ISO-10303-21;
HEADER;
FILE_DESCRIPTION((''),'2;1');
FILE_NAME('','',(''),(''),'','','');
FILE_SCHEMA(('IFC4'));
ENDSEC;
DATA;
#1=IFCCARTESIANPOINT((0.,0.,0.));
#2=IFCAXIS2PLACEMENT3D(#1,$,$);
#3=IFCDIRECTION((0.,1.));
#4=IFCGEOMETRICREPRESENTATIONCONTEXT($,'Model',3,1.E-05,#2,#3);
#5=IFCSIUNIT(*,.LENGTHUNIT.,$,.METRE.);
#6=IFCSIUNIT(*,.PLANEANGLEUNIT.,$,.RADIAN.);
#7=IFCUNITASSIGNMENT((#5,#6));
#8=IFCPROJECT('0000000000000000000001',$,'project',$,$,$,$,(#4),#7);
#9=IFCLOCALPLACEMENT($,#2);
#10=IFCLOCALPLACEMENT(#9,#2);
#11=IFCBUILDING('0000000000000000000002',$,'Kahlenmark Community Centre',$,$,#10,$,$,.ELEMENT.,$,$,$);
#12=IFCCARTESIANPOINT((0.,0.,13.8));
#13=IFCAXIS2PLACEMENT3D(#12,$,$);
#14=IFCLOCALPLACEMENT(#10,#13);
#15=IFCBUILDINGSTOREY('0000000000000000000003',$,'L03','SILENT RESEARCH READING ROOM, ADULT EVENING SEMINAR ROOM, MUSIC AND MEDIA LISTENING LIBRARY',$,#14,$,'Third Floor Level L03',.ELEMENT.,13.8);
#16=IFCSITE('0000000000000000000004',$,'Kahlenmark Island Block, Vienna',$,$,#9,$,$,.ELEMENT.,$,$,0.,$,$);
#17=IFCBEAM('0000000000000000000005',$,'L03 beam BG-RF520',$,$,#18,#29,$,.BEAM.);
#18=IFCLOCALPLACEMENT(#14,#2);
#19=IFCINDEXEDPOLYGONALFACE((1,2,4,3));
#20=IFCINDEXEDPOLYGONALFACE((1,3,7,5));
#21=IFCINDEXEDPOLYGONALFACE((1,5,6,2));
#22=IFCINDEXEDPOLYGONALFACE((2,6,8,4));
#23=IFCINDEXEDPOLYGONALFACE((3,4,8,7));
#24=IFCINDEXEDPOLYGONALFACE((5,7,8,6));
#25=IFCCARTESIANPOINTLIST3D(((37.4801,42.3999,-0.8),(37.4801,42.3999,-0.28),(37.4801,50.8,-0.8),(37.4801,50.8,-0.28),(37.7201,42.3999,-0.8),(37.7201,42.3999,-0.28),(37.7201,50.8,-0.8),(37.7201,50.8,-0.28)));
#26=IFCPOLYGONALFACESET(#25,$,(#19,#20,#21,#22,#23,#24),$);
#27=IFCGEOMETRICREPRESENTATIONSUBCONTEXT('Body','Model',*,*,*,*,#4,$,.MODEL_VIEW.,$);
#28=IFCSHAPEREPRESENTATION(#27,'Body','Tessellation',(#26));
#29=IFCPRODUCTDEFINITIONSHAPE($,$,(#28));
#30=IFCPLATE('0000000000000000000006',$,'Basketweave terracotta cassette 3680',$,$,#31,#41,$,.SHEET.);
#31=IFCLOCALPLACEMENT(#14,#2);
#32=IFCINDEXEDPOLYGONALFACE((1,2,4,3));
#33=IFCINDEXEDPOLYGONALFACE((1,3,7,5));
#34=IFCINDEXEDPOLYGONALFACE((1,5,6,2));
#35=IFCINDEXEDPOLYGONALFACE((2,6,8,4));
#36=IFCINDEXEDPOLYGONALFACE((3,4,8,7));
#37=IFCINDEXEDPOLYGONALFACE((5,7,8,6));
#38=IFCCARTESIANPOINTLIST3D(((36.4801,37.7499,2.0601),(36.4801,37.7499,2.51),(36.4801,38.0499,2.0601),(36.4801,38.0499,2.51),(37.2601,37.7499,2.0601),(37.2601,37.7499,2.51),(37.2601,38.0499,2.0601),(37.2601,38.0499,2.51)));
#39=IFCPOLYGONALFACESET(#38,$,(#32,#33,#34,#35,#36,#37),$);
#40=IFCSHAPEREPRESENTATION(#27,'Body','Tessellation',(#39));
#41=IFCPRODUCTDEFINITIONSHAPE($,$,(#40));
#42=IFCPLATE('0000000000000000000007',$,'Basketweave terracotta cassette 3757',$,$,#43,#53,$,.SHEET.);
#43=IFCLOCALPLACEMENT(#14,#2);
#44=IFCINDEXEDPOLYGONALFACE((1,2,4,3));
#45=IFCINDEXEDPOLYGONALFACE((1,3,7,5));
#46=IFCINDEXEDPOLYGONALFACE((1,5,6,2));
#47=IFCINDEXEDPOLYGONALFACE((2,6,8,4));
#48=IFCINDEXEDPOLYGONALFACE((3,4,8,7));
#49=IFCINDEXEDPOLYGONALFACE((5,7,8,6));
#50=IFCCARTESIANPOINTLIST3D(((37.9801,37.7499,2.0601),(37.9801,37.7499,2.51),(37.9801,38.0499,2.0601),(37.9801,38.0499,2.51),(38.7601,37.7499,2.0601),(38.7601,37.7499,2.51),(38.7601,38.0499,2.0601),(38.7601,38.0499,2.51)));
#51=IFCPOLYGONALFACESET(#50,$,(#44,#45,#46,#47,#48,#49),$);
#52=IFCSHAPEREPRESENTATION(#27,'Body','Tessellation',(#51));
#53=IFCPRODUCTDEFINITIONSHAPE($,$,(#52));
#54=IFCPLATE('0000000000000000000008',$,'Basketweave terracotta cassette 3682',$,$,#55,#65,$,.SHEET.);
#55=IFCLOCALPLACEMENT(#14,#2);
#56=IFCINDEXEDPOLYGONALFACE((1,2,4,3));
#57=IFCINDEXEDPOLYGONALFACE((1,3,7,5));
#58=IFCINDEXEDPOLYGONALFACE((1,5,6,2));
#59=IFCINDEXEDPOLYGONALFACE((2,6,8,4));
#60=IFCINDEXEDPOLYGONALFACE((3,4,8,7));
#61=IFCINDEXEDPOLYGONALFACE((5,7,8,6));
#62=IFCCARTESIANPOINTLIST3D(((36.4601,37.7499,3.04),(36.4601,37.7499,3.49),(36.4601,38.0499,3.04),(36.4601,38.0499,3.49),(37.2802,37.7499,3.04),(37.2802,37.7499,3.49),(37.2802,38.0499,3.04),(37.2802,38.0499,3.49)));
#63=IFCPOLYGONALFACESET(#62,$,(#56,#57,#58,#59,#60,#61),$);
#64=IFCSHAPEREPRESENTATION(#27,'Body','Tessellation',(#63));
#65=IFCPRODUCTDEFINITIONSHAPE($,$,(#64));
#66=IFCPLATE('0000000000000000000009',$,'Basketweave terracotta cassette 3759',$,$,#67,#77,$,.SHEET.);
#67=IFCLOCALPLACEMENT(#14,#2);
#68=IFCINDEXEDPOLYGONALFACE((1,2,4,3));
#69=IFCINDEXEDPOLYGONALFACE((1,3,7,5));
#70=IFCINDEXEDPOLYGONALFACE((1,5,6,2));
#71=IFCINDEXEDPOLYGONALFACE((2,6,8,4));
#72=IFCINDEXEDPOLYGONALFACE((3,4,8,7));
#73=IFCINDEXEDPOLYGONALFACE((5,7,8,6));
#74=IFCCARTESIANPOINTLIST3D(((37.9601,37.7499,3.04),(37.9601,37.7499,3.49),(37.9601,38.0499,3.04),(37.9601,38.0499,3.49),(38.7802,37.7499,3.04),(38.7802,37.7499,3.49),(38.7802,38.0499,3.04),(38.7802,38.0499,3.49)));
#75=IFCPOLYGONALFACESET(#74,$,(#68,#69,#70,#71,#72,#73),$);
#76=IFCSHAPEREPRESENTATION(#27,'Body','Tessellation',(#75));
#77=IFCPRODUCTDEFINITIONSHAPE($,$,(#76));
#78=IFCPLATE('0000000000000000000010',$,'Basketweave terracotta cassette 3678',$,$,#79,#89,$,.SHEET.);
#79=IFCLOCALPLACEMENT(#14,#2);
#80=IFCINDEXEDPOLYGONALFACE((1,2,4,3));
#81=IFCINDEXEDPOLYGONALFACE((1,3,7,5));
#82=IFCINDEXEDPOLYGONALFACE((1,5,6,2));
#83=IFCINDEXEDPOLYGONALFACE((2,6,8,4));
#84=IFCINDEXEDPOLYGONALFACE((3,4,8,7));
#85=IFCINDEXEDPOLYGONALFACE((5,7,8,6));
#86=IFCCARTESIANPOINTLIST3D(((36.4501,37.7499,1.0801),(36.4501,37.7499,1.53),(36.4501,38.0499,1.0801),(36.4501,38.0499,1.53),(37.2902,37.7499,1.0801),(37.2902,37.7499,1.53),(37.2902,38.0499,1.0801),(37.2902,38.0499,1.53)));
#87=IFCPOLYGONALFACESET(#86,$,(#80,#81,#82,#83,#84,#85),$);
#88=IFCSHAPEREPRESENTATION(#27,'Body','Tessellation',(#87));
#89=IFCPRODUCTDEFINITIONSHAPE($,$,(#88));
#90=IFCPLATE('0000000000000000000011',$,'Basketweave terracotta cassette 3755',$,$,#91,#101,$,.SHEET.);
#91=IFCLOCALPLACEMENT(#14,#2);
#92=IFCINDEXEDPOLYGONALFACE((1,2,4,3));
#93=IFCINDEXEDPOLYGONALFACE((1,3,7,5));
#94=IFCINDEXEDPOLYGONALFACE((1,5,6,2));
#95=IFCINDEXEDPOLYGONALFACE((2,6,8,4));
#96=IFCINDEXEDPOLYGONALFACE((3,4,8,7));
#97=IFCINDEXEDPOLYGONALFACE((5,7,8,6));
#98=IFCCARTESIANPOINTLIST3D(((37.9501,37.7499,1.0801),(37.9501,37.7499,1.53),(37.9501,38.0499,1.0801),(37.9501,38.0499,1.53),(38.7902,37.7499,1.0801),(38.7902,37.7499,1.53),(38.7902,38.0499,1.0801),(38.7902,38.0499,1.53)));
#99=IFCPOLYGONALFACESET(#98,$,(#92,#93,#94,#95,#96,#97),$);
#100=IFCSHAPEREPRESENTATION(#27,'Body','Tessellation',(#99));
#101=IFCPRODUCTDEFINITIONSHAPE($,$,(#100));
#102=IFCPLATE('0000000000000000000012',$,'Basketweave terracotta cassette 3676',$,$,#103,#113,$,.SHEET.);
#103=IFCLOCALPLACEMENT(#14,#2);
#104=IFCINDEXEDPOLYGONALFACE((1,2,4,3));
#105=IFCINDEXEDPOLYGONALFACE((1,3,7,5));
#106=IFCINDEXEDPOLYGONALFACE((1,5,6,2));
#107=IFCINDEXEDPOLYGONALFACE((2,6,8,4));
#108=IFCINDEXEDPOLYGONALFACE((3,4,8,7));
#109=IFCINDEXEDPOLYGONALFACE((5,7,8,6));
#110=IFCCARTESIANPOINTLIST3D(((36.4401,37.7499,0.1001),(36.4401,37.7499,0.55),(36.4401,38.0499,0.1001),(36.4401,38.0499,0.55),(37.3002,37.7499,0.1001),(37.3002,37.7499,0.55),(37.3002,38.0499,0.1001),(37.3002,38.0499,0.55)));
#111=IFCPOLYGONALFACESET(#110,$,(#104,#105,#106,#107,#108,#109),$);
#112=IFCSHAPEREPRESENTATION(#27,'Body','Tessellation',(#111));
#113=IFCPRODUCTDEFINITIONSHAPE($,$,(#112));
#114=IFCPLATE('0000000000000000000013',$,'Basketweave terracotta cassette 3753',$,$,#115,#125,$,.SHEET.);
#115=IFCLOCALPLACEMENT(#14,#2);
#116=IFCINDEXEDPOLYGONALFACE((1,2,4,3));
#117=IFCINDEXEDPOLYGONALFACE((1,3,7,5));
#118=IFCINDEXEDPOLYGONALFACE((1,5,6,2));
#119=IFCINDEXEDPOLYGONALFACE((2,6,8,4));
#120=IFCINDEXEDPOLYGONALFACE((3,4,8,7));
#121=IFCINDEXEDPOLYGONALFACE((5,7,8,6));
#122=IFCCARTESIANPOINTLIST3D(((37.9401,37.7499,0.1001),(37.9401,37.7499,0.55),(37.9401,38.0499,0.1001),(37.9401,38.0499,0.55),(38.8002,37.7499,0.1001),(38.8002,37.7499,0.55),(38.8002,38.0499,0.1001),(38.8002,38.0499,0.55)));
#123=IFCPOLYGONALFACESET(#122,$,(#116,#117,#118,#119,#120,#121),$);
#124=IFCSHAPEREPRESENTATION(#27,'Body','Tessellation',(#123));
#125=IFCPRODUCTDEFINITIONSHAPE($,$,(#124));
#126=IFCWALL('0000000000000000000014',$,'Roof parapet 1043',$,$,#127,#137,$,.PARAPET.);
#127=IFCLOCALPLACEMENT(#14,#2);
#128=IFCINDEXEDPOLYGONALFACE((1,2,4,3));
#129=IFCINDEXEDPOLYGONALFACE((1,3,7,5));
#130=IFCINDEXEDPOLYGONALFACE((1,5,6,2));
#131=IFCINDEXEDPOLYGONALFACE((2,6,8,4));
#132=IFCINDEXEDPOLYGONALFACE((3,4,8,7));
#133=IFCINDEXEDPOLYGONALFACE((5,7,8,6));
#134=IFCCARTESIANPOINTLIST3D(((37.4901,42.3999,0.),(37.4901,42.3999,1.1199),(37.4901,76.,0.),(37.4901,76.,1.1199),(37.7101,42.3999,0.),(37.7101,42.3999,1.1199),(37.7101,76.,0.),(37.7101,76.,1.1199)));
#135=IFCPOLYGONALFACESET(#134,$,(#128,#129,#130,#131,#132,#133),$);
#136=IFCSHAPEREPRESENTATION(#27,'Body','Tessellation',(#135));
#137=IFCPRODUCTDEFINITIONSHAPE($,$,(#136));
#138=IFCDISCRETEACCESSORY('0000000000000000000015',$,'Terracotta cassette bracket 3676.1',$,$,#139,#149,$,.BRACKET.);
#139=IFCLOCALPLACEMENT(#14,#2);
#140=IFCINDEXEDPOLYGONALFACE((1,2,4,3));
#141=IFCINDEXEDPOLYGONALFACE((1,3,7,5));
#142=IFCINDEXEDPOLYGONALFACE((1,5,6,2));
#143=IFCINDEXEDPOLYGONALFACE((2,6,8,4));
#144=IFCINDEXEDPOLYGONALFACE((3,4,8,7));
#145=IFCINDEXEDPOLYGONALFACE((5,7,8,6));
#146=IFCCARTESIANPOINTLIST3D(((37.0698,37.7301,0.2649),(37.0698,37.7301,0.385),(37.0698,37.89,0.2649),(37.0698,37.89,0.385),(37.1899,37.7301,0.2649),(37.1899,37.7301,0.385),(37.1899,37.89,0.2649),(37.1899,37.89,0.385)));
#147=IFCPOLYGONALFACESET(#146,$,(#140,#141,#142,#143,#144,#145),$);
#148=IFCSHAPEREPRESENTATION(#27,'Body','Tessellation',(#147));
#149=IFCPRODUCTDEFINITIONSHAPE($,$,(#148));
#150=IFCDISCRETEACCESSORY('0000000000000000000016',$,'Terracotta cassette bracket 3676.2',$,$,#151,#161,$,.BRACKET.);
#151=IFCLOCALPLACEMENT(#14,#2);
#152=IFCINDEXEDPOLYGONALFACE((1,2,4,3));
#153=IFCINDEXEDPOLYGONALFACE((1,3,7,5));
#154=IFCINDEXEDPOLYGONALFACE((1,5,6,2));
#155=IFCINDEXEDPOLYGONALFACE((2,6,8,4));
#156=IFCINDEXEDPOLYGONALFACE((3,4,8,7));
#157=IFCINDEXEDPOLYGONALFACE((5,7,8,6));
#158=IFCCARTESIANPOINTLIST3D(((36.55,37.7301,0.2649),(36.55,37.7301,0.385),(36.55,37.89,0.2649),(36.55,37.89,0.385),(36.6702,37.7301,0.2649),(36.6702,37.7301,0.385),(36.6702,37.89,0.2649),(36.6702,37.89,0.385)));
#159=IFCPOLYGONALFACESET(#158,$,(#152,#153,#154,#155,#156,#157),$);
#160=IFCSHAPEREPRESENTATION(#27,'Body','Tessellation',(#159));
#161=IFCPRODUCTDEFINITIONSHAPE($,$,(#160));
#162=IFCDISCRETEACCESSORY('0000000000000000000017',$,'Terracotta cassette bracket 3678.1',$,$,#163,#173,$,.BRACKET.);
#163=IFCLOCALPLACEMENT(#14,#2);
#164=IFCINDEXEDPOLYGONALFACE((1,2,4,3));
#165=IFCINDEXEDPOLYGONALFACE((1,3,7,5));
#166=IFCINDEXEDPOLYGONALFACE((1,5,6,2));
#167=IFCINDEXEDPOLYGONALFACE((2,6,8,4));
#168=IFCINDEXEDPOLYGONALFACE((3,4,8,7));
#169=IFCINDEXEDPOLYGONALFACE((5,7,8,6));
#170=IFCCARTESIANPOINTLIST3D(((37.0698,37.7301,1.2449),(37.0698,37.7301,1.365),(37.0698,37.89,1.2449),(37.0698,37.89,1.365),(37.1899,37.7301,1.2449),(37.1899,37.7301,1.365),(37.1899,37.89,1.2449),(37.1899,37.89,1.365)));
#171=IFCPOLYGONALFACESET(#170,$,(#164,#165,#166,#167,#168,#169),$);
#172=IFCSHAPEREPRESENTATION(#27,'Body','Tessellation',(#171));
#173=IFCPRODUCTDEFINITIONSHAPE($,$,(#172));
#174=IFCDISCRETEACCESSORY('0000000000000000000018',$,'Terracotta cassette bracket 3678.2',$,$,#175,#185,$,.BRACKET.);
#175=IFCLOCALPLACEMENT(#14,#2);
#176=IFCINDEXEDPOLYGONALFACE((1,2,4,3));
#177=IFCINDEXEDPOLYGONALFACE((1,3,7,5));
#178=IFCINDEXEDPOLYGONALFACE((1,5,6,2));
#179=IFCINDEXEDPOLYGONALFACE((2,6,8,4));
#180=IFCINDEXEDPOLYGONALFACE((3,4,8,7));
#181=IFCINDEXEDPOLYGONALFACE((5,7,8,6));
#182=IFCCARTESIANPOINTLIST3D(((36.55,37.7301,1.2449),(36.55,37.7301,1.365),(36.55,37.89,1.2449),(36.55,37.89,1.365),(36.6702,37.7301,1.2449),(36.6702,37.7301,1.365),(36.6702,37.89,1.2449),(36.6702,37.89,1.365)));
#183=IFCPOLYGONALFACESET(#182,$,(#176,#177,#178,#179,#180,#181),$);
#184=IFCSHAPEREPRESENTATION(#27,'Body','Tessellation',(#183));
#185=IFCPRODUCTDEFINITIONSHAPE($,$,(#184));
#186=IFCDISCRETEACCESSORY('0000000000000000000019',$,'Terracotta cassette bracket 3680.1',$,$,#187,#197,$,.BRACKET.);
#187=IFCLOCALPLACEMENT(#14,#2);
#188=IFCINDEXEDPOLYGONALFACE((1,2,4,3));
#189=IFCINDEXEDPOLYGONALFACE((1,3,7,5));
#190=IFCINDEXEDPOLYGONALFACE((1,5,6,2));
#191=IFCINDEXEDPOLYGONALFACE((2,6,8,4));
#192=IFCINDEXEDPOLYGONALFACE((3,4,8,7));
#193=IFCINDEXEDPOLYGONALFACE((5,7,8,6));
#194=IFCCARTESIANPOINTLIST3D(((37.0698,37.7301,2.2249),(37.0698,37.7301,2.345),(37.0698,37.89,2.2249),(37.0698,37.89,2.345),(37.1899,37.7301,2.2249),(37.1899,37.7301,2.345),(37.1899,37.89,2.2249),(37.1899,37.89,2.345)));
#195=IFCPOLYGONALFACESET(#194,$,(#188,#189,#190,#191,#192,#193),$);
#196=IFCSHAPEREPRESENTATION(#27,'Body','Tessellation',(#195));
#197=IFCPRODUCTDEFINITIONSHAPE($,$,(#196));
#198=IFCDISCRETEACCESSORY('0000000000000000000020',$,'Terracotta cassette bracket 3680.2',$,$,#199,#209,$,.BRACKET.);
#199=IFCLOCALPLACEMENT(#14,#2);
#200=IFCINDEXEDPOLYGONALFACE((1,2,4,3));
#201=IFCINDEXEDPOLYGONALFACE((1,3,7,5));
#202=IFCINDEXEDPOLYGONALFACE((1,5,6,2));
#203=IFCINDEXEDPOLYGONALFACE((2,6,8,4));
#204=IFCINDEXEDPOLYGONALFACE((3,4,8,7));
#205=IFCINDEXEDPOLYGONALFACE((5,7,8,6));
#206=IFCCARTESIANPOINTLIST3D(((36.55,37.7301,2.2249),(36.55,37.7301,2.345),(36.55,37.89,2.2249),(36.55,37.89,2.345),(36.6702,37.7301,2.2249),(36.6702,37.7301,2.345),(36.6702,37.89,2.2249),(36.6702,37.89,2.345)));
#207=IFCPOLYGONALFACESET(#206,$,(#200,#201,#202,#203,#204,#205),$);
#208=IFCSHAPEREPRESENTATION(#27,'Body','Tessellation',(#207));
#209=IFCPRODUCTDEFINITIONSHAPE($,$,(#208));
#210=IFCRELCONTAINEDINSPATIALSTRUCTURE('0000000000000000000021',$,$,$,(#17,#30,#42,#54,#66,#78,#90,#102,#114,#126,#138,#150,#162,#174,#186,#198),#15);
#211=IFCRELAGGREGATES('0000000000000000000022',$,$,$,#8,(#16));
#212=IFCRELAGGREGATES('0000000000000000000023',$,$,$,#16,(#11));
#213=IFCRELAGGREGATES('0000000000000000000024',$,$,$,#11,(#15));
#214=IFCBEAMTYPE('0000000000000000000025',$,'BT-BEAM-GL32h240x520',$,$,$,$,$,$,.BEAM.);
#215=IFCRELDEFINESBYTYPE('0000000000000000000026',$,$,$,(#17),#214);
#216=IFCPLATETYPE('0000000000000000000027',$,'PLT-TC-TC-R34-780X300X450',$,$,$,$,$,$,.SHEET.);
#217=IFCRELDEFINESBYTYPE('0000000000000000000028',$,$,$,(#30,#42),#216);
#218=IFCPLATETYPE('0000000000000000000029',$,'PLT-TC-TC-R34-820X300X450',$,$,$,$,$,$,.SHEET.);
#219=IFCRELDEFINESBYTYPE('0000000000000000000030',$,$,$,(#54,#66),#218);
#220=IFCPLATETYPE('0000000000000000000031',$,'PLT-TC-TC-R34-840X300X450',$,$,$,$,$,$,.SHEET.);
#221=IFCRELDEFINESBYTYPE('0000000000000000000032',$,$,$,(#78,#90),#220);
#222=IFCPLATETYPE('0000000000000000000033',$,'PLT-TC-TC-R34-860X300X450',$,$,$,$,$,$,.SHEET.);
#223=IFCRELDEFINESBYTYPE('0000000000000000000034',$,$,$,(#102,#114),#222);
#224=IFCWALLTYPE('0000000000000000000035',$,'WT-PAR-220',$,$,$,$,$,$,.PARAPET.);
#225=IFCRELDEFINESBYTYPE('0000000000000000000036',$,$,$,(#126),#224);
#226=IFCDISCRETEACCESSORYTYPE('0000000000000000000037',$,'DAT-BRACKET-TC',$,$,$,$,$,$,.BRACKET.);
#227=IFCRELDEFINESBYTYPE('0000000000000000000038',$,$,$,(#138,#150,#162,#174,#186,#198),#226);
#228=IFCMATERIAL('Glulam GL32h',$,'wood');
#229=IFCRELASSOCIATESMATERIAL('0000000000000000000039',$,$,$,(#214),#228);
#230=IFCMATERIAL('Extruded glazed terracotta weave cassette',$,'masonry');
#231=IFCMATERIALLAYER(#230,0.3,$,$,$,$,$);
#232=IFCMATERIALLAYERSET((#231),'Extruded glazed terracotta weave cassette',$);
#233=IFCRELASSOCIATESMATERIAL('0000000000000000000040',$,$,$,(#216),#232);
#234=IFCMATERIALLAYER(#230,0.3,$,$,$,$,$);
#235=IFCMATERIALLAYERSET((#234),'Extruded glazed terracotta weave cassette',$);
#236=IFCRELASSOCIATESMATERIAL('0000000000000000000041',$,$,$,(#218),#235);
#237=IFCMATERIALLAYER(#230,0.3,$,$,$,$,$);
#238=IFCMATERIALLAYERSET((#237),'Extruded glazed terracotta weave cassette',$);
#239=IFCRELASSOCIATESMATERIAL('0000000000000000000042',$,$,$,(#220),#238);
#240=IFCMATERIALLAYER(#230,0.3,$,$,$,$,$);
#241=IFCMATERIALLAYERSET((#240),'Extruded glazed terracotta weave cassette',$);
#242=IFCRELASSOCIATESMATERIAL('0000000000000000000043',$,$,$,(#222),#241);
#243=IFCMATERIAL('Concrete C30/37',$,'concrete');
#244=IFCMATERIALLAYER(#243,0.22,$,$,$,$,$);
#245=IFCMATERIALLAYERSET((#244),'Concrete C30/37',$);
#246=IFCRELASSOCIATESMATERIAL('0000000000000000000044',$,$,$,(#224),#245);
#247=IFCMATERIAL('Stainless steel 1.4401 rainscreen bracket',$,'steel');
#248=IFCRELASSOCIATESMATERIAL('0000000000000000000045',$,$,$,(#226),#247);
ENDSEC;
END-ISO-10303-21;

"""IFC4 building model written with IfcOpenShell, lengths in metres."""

from ifc_helpers import new_model, si_unit, direction, frame, frame_2d, origin, origin_2d, place, context, subcontext, project, spatial, rectangle, extrude, material, layer, layer_set, material_profile, profile_set, type_object, element, save


model = new_model("IFC4")

# Units and contexts
model_context = context("Model", 3, precision=1e-05, world=origin(), true_north=direction((0.0, 1.0)))
body_context = subcontext(model_context, "Body", "Model", "MODEL_VIEW")
ifc_project = project(units=[si_unit("LENGTHUNIT", "METRE"), si_unit("PLANEANGLEUNIT", "RADIAN")], contexts=[model_context])

# Site, building, storey
site_placement = place(None, origin())
site = spatial("IfcSite", under=ifc_project, at=site_placement, Name="Kahlenmark Island Block, Vienna", CompositionType="ELEMENT", RefElevation=0.0)
building_placement = place(site_placement, origin())
building = spatial("IfcBuilding", under=site, at=building_placement, Name="Kahlenmark Community Centre", CompositionType="ELEMENT")
storey_placement = place(building_placement, frame((0.0, 0.0, 13.8)))
storey = spatial("IfcBuildingStorey", under=building, at=storey_placement, Name="L03", Description="SILENT RESEARCH READING ROOM, ADULT EVENING SEMINAR ROOM, MUSIC AND MEDIA LISTENING LIBRARY", LongName="Third Floor Level L03", CompositionType="ELEMENT", Elevation=13.8)

# Beam
ifc_material_1 = material(Name="Glulam GL32h", Category="wood")
ifc_material_profile = material_profile(ifc_material_1, rectangle(XDim=0.24, YDim=0.52, at=origin_2d()), Name="GL32h 240x520")
ifc_profile_set = profile_set([ifc_material_profile], Name="Glulam GL32h")
beam_type = type_object("IfcBeamType", Name="BT-BEAM-GL32h240x520", PredefinedType="BEAM", material=ifc_profile_set)
beam_placement = place(storey_placement, frame((37.6001, 42.3999, -0.54), z_axis=(0.0, 1.0, 0.0), x_axis=(-1.0, 0.0, 0.0)))
element("IfcBeam", 1, at=beam_placement, inside=storey, type_object=beam_type, Name="L03 beam BG-RF520", PredefinedType="BEAM", context=body_context, shape_type="SweptSolid", body=[
    extrude(rectangle(XDim=0.24, YDim=0.52, at=origin_2d()), origin(), (0.0, 0.0, 1.0), 8.4001),
])

# Plates
ifc_material_2 = material(Name="Extruded glazed terracotta weave cassette", Category="masonry")
ifc_layer_1 = layer(ifc_material_2, 0.3)
ifc_layer_set_1 = layer_set([ifc_layer_1], Name="Extruded glazed terracotta weave cassette")
plate_type_1 = type_object("IfcPlateType", Name="PLT-TC-TC-R34-780X300X450", PredefinedType="SHEET", material=ifc_layer_set_1)
for number, where, z_axis, x_axis, name in (
    (2, (36.8701, 37.8999, 2.0601), (0.0, 0.0, 1.0), (-1.0, 0.0, 0.0), "Basketweave terracotta cassette 3680"),
    (3, (38.3701, 37.8999, 2.0601), (0.0, 0.0, 1.0), (-1.0, 0.0, 0.0), "Basketweave terracotta cassette 3757"),
):
    element("IfcPlate", number, at=place(storey_placement, frame(where, z_axis=z_axis, x_axis=x_axis)), inside=storey, type_object=plate_type_1, Name=name, PredefinedType="SHEET", context=body_context, shape_type="SweptSolid", body=[
        extrude(rectangle(XDim=0.78, YDim=0.3, at=origin_2d()), origin(), (0.0, 0.0, 1.0), 0.45),
    ])
ifc_layer_2 = layer(ifc_material_2, 0.3)
ifc_layer_set_2 = layer_set([ifc_layer_2], Name="Extruded glazed terracotta weave cassette")
plate_type_2 = type_object("IfcPlateType", Name="PLT-TC-TC-R34-820X300X450", PredefinedType="SHEET", material=ifc_layer_set_2)
for number, where, z_axis, x_axis, name in (
    (4, (36.8701, 37.8999, 3.04), (0.0, 0.0, 1.0), (-1.0, 0.0, 0.0), "Basketweave terracotta cassette 3682"),
    (5, (38.3701, 37.8999, 3.04), (0.0, 0.0, 1.0), (-1.0, 0.0, 0.0), "Basketweave terracotta cassette 3759"),
):
    element("IfcPlate", number, at=place(storey_placement, frame(where, z_axis=z_axis, x_axis=x_axis)), inside=storey, type_object=plate_type_2, Name=name, PredefinedType="SHEET", context=body_context, shape_type="SweptSolid", body=[
        extrude(rectangle(XDim=0.8201, YDim=0.3, at=origin_2d()), origin(), (0.0, 0.0, 1.0), 0.45),
    ])
ifc_layer_3 = layer(ifc_material_2, 0.3)
ifc_layer_set_3 = layer_set([ifc_layer_3], Name="Extruded glazed terracotta weave cassette")
plate_type_3 = type_object("IfcPlateType", Name="PLT-TC-TC-R34-840X300X450", PredefinedType="SHEET", material=ifc_layer_set_3)
for number, where, z_axis, x_axis, name in (
    (6, (36.8701, 37.8999, 1.0801), (0.0, 0.0, 1.0), (-1.0, 0.0, 0.0), "Basketweave terracotta cassette 3678"),
    (7, (38.3701, 37.8999, 1.0801), (0.0, 0.0, 1.0), (-1.0, 0.0, 0.0), "Basketweave terracotta cassette 3755"),
):
    element("IfcPlate", number, at=place(storey_placement, frame(where, z_axis=z_axis, x_axis=x_axis)), inside=storey, type_object=plate_type_3, Name=name, PredefinedType="SHEET", context=body_context, shape_type="SweptSolid", body=[
        extrude(rectangle(XDim=0.8401, YDim=0.3, at=origin_2d()), origin(), (0.0, 0.0, 1.0), 0.45),
    ])
ifc_layer_4 = layer(ifc_material_2, 0.3)
ifc_layer_set_4 = layer_set([ifc_layer_4], Name="Extruded glazed terracotta weave cassette")
plate_type_4 = type_object("IfcPlateType", Name="PLT-TC-TC-R34-860X300X450", PredefinedType="SHEET", material=ifc_layer_set_4)
for number, where, z_axis, x_axis, name in (
    (8, (36.8701, 37.8999, 0.1001), (0.0, 0.0, 1.0), (-1.0, 0.0, 0.0), "Basketweave terracotta cassette 3676"),
    (9, (38.3701, 37.8999, 0.1001), (0.0, 0.0, 1.0), (-1.0, 0.0, 0.0), "Basketweave terracotta cassette 3753"),
):
    element("IfcPlate", number, at=place(storey_placement, frame(where, z_axis=z_axis, x_axis=x_axis)), inside=storey, type_object=plate_type_4, Name=name, PredefinedType="SHEET", context=body_context, shape_type="SweptSolid", body=[
        extrude(rectangle(XDim=0.8601, YDim=0.3, at=origin_2d()), origin(), (0.0, 0.0, 1.0), 0.45),
    ])

# Wall
ifc_material_3 = material(Name="Concrete C30/37", Category="concrete")
ifc_layer_5 = layer(ifc_material_3, 0.22)
ifc_layer_set_5 = layer_set([ifc_layer_5], Name="Concrete C30/37")
wall_type = type_object("IfcWallType", Name="WT-PAR-220", PredefinedType="PARAPET", material=ifc_layer_set_5)
wall_placement = place(storey_placement, frame((37.6001, 42.3999, 0.0), z_axis=(0.0, 0.0, 1.0), x_axis=(0.0, 1.0, 0.0)))
element("IfcWall", 10, at=wall_placement, inside=storey, type_object=wall_type, Name="Roof parapet 1043", PredefinedType="PARAPET", context=body_context, shape_type="SweptSolid", body=[
    extrude(rectangle(XDim=33.6001, YDim=0.22, at=frame_2d((16.8, 0.0))), origin(), (0.0, 0.0, 1.0), 1.1199),
])

# Discrete accessories
ifc_material_4 = material(Name="Stainless steel 1.4401 rainscreen bracket", Category="steel")
discrete_accessory_type = type_object("IfcDiscreteAccessoryType", Name="DAT-BRACKET-TC", PredefinedType="BRACKET", material=ifc_material_4)
for number, where, z_axis, x_axis, name in (
    (11, (37.1299, 37.8101, 0.2649), (0.0, 0.0, 1.0), (-1.0, 0.0, 0.0), "Terracotta cassette bracket 3676.1"),
    (12, (36.6101, 37.8101, 0.2649), (0.0, 0.0, 1.0), (-1.0, 0.0, 0.0), "Terracotta cassette bracket 3676.2"),
    (13, (37.1299, 37.8101, 1.2449), (0.0, 0.0, 1.0), (-1.0, 0.0, 0.0), "Terracotta cassette bracket 3678.1"),
    (14, (36.6101, 37.8101, 1.2449), (0.0, 0.0, 1.0), (-1.0, 0.0, 0.0), "Terracotta cassette bracket 3678.2"),
    (15, (37.1299, 37.8101, 2.2249), (0.0, 0.0, 1.0), (-1.0, 0.0, 0.0), "Terracotta cassette bracket 3680.1"),
    (16, (36.6101, 37.8101, 2.2249), (0.0, 0.0, 1.0), (-1.0, 0.0, 0.0), "Terracotta cassette bracket 3680.2"),
):
    element("IfcDiscreteAccessory", number, at=place(storey_placement, frame(where, z_axis=z_axis, x_axis=x_axis)), inside=storey, type_object=discrete_accessory_type, Name=name, PredefinedType="BRACKET", context=body_context, shape_type="SweptSolid", body=[
        extrude(rectangle(XDim=0.1201, YDim=0.1599, at=origin_2d()), origin(), (0.0, 0.0, 1.0), 0.1201),
    ])

save(model, "model.ifc")
